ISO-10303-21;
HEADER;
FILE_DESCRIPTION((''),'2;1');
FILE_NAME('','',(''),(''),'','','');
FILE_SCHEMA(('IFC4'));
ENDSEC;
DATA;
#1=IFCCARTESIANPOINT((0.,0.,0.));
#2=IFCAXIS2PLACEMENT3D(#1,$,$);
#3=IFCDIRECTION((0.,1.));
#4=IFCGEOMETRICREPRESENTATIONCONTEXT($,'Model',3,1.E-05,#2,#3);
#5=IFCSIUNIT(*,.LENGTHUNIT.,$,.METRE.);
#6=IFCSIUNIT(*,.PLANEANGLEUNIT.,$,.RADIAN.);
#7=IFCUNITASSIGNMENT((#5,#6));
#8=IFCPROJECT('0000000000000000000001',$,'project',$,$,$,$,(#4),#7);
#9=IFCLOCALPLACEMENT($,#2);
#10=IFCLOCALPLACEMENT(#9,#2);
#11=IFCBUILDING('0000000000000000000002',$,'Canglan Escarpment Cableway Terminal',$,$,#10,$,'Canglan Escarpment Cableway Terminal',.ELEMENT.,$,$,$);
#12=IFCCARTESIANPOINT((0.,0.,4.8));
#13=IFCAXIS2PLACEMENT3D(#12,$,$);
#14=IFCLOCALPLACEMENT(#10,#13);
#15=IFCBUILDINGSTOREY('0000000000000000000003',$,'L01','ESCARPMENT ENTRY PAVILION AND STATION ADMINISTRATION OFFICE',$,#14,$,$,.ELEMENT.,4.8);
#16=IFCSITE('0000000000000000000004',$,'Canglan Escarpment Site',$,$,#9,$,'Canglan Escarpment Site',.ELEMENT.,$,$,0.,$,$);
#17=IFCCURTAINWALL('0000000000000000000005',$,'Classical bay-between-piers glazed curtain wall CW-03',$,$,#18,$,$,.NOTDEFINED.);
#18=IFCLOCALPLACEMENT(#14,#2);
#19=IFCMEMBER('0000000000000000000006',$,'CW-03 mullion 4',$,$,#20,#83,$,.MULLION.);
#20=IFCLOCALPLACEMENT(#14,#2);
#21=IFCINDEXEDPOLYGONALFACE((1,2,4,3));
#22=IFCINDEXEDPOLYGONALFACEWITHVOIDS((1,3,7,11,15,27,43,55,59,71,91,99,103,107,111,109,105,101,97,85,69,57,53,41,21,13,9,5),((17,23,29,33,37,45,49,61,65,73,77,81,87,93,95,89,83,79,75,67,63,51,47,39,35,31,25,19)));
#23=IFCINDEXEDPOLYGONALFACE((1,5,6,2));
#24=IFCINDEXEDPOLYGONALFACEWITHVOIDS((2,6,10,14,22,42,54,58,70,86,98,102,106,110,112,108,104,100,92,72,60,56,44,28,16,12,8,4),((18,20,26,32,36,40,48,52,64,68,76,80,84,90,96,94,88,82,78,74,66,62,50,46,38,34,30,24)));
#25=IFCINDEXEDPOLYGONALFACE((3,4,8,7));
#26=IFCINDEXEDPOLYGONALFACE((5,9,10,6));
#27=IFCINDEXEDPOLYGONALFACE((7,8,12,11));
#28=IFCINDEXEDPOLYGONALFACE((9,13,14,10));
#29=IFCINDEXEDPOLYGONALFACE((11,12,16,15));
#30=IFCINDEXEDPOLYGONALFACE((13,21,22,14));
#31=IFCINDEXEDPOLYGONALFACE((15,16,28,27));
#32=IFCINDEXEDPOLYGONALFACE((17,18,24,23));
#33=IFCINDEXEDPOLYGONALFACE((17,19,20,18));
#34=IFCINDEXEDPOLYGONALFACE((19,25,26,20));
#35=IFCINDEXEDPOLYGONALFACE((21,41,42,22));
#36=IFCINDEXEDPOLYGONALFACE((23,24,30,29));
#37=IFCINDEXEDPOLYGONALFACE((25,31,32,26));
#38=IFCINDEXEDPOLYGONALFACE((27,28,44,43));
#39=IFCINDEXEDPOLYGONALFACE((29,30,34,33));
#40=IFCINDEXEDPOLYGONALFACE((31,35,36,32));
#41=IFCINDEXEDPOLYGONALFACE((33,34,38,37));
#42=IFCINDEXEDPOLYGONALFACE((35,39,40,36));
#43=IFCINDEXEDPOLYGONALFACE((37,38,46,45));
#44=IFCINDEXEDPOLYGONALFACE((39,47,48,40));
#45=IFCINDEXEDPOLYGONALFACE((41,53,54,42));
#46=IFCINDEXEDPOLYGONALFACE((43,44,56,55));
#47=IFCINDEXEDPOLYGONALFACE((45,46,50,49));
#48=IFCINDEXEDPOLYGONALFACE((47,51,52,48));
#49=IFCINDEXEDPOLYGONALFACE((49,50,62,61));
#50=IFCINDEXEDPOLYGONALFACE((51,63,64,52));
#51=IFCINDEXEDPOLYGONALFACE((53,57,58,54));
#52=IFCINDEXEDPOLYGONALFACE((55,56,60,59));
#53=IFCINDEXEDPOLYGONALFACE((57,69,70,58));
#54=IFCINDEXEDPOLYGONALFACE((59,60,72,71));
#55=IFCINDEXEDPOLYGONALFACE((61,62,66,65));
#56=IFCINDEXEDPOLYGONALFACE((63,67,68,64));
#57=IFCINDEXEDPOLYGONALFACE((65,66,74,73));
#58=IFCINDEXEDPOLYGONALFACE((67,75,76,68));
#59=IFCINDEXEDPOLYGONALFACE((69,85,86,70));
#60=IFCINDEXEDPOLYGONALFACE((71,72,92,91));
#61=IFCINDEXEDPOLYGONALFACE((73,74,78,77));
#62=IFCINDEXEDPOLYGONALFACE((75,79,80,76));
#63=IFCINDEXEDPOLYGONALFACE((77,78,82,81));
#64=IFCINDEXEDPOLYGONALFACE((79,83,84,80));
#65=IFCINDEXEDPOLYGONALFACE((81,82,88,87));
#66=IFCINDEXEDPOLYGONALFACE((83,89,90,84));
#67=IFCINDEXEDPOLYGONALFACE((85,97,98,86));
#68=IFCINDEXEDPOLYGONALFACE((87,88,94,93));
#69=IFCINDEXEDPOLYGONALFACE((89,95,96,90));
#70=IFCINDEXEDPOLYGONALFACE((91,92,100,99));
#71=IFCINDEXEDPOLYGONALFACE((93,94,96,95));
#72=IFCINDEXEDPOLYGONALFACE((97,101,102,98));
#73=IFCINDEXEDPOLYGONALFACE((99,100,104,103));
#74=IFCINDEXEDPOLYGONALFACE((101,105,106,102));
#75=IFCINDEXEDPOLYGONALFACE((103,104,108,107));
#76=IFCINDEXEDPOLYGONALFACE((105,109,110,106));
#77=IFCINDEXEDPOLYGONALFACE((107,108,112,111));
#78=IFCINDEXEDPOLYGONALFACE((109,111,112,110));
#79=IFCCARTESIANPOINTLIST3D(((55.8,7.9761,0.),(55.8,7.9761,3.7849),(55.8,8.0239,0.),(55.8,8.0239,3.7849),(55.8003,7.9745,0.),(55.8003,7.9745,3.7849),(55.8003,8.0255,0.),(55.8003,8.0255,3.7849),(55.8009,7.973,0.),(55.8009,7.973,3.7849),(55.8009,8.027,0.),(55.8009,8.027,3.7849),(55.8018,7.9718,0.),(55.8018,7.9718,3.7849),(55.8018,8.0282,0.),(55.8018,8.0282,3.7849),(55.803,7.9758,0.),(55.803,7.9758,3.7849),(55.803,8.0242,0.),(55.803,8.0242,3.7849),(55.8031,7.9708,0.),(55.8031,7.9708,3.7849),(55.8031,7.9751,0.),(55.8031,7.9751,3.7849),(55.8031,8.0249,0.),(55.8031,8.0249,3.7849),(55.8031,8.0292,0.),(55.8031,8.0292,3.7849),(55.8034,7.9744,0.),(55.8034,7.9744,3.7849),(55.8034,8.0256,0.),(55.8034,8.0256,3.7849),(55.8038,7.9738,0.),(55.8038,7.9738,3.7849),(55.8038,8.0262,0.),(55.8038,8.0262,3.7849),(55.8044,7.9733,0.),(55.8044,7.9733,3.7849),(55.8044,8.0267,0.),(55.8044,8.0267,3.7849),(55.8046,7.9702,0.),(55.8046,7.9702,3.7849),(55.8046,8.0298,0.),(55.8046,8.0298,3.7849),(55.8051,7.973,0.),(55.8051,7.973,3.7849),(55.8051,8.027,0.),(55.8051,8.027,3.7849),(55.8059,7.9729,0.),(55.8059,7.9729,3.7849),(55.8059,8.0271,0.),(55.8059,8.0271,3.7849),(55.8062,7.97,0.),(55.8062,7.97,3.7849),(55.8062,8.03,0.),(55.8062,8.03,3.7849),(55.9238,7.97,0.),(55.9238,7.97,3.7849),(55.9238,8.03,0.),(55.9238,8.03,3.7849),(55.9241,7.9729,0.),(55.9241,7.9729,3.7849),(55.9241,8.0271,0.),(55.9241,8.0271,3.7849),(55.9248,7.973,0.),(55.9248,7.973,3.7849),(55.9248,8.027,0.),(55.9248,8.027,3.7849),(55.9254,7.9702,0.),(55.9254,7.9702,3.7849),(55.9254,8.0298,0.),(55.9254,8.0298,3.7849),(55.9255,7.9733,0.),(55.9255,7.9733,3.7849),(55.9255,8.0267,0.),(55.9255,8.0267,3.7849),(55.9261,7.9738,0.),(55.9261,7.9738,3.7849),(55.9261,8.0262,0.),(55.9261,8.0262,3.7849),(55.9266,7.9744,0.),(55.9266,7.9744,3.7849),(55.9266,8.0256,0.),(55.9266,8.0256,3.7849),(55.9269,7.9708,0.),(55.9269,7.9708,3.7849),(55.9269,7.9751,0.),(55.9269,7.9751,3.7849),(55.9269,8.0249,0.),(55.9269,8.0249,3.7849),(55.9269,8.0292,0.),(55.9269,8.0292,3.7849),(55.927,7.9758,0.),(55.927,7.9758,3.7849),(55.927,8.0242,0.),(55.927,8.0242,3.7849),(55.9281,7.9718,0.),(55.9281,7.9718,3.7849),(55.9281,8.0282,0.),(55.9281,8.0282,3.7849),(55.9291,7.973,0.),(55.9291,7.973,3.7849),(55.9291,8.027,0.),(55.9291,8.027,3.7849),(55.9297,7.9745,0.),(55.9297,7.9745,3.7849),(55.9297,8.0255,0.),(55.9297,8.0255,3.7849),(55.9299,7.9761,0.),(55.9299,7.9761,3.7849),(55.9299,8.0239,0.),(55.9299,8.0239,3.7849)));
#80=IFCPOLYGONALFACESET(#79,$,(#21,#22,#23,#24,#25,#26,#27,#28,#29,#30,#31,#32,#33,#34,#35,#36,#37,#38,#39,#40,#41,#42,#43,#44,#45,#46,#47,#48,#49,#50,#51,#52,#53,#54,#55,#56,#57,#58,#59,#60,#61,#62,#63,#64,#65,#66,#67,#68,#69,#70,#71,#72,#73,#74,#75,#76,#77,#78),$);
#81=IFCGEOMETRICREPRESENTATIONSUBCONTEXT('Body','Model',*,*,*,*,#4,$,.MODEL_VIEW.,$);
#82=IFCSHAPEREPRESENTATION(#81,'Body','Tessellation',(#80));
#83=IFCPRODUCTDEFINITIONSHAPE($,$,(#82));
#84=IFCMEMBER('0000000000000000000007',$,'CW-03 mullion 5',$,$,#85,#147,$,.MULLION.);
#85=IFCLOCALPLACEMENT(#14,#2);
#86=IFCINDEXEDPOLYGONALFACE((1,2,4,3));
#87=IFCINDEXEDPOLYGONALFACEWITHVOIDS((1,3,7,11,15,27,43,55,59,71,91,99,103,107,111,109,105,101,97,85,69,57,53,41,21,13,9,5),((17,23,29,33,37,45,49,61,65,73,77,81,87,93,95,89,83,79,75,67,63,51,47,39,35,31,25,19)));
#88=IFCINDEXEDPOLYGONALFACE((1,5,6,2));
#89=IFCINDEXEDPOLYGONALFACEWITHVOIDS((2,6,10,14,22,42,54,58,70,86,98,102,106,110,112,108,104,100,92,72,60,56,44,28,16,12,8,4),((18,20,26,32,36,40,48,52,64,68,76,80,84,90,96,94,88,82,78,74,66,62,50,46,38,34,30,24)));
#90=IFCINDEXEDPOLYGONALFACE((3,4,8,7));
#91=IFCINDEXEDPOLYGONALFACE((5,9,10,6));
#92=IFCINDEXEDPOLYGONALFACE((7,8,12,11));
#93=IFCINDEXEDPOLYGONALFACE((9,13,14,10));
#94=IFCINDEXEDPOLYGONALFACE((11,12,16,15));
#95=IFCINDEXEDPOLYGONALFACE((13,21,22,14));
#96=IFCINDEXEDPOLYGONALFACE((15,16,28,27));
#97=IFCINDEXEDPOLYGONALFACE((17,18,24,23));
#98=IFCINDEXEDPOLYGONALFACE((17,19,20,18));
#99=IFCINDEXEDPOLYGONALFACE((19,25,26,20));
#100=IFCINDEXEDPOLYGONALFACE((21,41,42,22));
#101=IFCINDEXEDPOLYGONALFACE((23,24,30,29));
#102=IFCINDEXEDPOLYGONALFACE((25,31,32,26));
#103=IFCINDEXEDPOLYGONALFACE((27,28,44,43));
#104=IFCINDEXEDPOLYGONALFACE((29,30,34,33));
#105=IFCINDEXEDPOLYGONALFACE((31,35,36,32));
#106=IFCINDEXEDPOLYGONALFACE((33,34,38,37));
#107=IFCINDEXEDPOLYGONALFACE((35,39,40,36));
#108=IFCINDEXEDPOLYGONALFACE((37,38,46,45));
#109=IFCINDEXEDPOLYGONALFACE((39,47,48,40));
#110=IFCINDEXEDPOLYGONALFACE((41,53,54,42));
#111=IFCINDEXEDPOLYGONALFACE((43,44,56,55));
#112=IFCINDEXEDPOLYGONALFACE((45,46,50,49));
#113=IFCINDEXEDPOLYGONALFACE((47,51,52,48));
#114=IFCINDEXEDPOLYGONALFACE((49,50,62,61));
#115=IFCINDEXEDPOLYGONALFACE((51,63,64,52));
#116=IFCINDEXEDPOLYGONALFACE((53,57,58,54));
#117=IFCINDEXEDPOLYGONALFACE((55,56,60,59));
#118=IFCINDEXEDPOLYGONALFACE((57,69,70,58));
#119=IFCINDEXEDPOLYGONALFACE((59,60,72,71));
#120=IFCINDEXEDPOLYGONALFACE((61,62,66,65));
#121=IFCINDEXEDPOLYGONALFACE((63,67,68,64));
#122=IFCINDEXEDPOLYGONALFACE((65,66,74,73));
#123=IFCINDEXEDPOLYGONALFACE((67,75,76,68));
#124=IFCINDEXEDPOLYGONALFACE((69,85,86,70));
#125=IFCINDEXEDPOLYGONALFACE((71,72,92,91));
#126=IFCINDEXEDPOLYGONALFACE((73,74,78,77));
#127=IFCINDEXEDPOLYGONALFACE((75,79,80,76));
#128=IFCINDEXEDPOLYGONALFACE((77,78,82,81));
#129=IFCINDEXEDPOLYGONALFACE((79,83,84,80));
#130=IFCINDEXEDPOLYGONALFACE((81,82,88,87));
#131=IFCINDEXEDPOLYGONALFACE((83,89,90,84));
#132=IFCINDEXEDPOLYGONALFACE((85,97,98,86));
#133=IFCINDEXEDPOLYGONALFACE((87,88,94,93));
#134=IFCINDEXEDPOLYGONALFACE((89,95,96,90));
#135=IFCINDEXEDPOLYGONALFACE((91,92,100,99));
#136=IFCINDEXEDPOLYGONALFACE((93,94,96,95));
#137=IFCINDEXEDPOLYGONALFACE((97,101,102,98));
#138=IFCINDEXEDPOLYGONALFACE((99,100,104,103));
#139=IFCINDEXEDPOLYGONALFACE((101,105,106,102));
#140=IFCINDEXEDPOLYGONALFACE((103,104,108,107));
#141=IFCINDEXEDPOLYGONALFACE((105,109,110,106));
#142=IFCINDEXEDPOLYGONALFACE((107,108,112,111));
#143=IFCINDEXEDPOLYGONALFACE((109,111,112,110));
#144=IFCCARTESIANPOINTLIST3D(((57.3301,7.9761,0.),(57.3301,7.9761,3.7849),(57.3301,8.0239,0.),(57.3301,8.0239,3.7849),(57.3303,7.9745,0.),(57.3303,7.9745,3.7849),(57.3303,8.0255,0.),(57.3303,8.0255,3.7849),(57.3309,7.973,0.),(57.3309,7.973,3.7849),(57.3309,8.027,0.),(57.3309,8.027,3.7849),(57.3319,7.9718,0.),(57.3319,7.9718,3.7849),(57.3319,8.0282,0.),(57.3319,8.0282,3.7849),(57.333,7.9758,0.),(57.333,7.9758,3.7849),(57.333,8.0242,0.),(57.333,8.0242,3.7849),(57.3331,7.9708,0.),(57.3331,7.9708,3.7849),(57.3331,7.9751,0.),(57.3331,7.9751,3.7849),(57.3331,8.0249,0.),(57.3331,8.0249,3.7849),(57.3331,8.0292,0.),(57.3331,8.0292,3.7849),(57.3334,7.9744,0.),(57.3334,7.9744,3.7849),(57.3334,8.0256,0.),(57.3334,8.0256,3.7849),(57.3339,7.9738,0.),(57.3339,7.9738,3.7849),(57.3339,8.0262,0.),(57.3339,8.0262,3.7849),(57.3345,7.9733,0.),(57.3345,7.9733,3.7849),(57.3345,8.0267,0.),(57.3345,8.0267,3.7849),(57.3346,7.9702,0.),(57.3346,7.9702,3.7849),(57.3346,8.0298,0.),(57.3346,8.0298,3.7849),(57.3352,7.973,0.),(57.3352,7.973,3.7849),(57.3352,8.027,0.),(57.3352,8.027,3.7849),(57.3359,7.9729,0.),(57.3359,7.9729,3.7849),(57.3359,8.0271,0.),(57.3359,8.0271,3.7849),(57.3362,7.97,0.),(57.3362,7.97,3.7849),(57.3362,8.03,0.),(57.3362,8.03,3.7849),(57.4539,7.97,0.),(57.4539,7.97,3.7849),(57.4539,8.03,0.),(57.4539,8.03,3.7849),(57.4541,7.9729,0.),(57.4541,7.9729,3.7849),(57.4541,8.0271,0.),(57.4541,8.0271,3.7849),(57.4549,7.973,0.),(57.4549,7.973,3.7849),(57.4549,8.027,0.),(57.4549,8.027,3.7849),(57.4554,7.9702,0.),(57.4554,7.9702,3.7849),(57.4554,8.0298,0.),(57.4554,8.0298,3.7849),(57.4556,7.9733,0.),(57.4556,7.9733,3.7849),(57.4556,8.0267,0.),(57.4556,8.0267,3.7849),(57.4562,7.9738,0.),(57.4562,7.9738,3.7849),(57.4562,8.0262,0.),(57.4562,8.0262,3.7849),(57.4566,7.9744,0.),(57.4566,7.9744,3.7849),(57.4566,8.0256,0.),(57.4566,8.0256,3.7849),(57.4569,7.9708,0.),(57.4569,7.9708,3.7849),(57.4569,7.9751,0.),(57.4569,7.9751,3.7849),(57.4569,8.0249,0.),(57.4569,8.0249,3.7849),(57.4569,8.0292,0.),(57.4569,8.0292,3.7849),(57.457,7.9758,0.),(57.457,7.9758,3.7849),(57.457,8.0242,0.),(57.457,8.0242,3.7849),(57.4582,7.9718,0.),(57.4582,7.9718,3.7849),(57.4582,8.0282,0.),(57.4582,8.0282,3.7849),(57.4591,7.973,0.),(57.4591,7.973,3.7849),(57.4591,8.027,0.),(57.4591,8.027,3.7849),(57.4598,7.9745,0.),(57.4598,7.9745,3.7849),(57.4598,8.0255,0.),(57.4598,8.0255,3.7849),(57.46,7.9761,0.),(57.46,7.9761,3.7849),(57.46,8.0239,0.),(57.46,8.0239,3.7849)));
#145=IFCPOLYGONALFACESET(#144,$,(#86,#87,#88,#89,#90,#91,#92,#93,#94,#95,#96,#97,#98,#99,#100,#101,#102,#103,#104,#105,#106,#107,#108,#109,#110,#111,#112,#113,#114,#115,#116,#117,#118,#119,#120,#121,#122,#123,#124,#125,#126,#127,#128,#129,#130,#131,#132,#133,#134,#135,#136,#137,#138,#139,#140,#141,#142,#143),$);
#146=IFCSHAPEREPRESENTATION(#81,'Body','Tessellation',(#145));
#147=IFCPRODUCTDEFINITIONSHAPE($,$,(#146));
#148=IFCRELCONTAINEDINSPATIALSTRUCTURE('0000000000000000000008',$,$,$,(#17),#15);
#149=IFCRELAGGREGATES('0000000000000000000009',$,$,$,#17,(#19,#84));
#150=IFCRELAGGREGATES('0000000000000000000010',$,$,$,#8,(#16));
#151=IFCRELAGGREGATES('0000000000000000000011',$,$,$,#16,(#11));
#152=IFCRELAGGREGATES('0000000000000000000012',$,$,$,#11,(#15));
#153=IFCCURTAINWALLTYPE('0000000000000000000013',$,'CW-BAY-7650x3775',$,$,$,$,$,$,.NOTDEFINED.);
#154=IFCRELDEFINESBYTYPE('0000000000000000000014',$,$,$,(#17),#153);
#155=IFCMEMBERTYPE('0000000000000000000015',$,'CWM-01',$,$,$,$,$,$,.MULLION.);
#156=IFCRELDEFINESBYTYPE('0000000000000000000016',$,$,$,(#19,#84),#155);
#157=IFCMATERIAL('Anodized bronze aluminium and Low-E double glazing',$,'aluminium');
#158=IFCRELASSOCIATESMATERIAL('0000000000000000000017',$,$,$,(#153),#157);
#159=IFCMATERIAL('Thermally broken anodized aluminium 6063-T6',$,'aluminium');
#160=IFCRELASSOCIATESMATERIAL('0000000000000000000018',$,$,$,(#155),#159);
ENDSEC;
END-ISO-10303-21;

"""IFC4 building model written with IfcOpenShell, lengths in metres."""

from ifc_helpers import new_model, si_unit, direction, frame, origin, origin_2d, place, context, subcontext, project, spatial, hollow_rectangle, extrude, material, material_profile, profile_set, type_object, element, aggregate, save


model = new_model("IFC4")

# Units and contexts
model_context = context("Model", 3, precision=1e-05, world=origin(), true_north=direction((0.0, 1.0)))
body_context = subcontext(model_context, "Body", "Model", "MODEL_VIEW")
ifc_project = project(units=[si_unit("LENGTHUNIT", "METRE"), si_unit("PLANEANGLEUNIT", "RADIAN")], contexts=[model_context])

# Site, building, storey
site_placement = place(None, origin())
site = spatial("IfcSite", under=ifc_project, at=site_placement, Name="Canglan Escarpment Site", LongName="Canglan Escarpment Site", CompositionType="ELEMENT", RefElevation=0.0)
building_placement = place(site_placement, origin())
building = spatial("IfcBuilding", under=site, at=building_placement, Name="Canglan Escarpment Cableway Terminal", LongName="Canglan Escarpment Cableway Terminal", CompositionType="ELEMENT")
storey_placement = place(building_placement, frame((0.0, 0.0, 4.8)))
storey = spatial("IfcBuildingStorey", under=building, at=storey_placement, Name="L01", Description="ESCARPMENT ENTRY PAVILION AND STATION ADMINISTRATION OFFICE", CompositionType="ELEMENT", Elevation=4.8)

# Curtain wall, members
ifc_material_1 = material(Name="Anodized bronze aluminium and Low-E double glazing", Category="aluminium")
curtain_wall_type = type_object("IfcCurtainWallType", Name="CW-BAY-7650x3775", PredefinedType="NOTDEFINED", material=ifc_material_1)
curtain_wall_placement = place(storey_placement, origin())
curtain_wall = element("IfcCurtainWall", 1, at=curtain_wall_placement, inside=storey, type_object=curtain_wall_type, Name="Classical bay-between-piers glazed curtain wall CW-03", PredefinedType="NOTDEFINED")
ifc_material_2 = material(Name="Thermally broken anodized aluminium 6063-T6", Category="aluminium")
ifc_material_profile_1 = material_profile(ifc_material_2, hollow_rectangle(XDim=0.0601, YDim=0.1299, WallThickness=0.0029, InnerFilletRadius=0.0029, OuterFilletRadius=0.0061, at=origin_2d()), Name="ALU-MULL 60x130x3")
ifc_profile_set_1 = profile_set([ifc_material_profile_1], Name="Thermally broken anodized aluminium 6063-T6")
member_type_1 = type_object("IfcMemberType", Name="CWM-01", PredefinedType="MULLION", material=ifc_profile_set_1)
member_1_placement = place(storey_placement, frame((55.865, 8.0, 0.0), z_axis=(0.0, 0.0, 1.0), x_axis=(0.0, 1.0, 0.0)))
member_1 = element("IfcMember", 2, at=member_1_placement, type_object=member_type_1, Name="CW-03 mullion 4", PredefinedType="MULLION", context=body_context, shape_type="SweptSolid", body=[
    extrude(hollow_rectangle(XDim=0.0601, YDim=0.1299, WallThickness=0.0029, InnerFilletRadius=0.0029, OuterFilletRadius=0.0061, at=origin_2d()), origin(), (0.0, 0.0, 1.0), 3.7849),
])
member_2_placement = place(storey_placement, frame((57.395, 8.0, 0.0), z_axis=(0.0, 0.0, 1.0), x_axis=(0.0, 1.0, 0.0)))
member_2 = element("IfcMember", 3, at=member_2_placement, type_object=member_type_1, Name="CW-03 mullion 5", PredefinedType="MULLION", context=body_context, shape_type="SweptSolid", body=[
    extrude(hollow_rectangle(XDim=0.0601, YDim=0.1299, WallThickness=0.0029, InnerFilletRadius=0.0029, OuterFilletRadius=0.0061, at=origin_2d()), origin(), (0.0, 0.0, 1.0), 3.7849),
])
aggregate(curtain_wall, [member_1, member_2])

save(model, "model.ifc")
